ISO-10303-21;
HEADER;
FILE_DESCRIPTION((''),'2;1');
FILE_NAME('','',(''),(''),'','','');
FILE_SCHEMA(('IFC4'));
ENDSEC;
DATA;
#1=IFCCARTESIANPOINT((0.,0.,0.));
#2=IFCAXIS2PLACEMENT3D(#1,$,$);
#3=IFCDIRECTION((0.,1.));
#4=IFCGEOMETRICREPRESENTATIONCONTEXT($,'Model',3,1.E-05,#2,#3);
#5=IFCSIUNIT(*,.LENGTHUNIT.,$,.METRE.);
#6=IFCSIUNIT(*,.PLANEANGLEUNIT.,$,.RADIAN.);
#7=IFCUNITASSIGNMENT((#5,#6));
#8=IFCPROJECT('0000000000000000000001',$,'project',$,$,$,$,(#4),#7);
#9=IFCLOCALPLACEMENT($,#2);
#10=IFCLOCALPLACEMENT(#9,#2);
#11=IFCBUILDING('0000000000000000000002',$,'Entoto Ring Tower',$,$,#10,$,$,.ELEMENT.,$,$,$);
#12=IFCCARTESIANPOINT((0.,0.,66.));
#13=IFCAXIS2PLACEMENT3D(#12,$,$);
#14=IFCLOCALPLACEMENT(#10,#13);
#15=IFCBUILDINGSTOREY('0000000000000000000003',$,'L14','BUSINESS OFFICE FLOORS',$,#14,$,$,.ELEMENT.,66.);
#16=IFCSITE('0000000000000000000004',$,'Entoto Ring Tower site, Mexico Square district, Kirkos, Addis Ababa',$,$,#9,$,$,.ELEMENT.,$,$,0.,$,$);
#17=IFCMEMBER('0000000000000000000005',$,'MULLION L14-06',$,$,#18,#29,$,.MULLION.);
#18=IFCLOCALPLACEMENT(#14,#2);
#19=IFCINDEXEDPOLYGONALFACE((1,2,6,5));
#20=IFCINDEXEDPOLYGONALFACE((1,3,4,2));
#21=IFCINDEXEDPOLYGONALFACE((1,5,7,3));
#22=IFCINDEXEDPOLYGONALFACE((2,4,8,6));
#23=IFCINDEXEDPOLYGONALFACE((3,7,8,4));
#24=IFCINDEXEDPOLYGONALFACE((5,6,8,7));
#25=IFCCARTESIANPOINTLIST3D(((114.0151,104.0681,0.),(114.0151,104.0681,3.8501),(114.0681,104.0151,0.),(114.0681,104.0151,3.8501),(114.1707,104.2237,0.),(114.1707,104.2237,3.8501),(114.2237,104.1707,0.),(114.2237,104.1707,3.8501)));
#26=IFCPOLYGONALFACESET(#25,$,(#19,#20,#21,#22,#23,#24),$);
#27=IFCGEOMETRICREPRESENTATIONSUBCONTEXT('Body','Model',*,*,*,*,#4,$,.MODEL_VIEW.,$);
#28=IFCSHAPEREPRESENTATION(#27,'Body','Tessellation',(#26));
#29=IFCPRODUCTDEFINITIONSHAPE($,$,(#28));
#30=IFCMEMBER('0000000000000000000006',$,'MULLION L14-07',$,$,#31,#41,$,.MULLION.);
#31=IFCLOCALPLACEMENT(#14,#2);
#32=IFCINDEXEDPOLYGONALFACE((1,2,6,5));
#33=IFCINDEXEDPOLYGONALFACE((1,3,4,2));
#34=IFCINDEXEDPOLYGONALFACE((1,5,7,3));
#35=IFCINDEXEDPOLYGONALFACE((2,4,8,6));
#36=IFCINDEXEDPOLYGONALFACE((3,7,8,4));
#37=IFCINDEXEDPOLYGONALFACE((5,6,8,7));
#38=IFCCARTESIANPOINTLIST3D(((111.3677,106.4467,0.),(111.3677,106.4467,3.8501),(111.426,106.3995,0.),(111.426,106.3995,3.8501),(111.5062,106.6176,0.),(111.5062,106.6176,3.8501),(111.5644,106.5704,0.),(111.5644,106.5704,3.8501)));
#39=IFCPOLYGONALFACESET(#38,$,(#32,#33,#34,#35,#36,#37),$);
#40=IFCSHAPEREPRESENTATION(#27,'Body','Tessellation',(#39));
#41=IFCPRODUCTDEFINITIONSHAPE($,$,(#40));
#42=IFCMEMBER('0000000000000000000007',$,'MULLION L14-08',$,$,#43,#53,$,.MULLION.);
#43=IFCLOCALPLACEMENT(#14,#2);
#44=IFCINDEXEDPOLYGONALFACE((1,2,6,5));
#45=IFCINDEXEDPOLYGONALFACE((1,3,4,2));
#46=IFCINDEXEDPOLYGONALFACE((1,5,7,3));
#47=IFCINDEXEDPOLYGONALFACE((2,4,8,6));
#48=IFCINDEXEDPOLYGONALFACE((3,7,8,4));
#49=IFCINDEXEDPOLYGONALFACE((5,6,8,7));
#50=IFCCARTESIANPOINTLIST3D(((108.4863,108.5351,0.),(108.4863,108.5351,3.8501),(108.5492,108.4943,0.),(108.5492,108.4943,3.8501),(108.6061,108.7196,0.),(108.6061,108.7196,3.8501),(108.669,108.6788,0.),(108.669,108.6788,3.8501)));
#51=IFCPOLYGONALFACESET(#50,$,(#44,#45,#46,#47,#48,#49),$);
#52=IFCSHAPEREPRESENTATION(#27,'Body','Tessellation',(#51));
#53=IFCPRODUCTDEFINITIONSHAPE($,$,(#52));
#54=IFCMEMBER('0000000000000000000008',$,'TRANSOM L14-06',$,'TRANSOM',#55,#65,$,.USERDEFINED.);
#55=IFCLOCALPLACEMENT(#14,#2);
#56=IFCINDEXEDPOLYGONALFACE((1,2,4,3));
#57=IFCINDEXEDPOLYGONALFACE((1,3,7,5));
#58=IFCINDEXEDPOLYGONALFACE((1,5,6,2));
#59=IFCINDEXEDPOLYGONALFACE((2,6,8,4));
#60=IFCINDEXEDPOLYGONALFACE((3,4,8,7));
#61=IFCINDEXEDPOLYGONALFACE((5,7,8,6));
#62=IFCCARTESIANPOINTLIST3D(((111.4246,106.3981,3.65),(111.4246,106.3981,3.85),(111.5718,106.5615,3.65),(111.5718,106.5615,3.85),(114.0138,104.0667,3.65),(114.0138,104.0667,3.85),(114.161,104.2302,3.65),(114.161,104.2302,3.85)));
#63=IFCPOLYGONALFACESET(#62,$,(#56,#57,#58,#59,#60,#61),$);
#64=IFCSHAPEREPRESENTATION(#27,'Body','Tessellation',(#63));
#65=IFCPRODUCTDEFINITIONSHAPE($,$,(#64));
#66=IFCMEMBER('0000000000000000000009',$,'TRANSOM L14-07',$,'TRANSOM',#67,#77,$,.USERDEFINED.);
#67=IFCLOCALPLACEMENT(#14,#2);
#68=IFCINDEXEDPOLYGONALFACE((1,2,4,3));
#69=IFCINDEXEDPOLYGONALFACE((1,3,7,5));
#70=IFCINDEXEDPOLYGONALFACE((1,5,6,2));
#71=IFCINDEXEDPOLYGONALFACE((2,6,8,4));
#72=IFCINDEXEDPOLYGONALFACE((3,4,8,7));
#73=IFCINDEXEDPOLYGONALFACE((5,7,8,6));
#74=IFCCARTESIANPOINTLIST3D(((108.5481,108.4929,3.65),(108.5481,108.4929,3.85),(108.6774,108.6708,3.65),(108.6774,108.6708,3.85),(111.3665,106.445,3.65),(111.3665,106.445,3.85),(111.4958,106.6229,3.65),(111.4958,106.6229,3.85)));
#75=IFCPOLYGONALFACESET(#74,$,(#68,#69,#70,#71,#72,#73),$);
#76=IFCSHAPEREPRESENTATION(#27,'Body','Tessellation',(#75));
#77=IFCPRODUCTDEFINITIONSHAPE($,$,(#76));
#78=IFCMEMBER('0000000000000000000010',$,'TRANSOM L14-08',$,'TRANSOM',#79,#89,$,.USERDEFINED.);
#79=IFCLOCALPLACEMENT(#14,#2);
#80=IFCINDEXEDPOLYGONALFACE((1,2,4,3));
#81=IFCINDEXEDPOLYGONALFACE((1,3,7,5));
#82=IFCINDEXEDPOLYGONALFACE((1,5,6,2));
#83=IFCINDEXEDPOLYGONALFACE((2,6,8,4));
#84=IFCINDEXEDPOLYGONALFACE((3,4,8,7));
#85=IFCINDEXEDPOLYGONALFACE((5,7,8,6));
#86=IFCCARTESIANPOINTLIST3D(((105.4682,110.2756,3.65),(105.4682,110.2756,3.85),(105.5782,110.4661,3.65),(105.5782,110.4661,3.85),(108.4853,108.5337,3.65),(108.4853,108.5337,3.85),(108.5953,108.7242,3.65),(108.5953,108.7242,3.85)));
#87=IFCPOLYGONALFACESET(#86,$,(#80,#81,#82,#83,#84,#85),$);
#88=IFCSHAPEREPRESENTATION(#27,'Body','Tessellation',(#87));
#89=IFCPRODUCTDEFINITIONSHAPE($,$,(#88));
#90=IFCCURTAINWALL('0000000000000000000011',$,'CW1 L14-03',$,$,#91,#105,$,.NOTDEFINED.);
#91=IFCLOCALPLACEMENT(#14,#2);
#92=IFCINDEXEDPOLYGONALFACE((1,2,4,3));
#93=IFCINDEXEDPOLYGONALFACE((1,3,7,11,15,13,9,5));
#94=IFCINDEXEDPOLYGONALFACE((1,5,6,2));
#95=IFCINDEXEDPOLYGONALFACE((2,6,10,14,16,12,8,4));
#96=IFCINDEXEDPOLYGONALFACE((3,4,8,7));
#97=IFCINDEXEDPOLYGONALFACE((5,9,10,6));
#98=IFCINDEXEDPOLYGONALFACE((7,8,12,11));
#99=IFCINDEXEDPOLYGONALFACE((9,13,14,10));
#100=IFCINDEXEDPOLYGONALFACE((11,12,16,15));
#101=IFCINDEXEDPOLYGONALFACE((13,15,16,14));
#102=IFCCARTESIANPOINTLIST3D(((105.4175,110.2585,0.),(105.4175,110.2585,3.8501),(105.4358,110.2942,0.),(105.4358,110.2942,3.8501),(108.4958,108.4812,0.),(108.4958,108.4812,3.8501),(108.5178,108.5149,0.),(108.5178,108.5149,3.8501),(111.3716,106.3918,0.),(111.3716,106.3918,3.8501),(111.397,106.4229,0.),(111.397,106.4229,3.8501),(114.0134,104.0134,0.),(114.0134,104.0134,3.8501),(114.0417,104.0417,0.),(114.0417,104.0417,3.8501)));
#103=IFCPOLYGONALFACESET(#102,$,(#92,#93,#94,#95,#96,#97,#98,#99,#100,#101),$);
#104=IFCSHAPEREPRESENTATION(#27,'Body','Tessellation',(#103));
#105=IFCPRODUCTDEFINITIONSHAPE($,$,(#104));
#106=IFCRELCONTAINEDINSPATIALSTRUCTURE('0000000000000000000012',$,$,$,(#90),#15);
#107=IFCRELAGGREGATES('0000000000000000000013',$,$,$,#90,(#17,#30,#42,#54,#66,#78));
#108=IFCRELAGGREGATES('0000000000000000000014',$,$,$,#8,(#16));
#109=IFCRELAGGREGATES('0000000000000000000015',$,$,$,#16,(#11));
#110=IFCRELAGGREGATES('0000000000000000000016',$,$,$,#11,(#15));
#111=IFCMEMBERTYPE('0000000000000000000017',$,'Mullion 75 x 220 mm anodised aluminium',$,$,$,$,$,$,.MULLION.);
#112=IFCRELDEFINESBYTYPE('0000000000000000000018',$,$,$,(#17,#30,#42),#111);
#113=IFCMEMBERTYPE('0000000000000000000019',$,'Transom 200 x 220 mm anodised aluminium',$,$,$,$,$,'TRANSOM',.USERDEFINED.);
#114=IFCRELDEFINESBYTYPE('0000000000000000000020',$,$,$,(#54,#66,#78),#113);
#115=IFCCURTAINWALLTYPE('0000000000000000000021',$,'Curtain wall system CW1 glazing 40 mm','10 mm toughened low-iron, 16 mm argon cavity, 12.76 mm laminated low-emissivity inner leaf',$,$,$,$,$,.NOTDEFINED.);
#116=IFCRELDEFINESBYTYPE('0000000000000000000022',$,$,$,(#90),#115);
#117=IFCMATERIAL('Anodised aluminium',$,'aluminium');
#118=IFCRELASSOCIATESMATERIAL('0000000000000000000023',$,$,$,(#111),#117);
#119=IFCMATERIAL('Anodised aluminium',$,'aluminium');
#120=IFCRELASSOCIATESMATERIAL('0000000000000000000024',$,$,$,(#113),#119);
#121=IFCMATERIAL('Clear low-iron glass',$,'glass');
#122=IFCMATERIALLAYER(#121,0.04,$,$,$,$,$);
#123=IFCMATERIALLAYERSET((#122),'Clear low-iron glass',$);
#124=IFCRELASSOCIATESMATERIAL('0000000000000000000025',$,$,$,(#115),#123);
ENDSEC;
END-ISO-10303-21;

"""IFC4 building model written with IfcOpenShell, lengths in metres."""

from ifc_helpers import new_model, si_unit, direction, frame, origin, origin_2d, place, context, subcontext, project, spatial, polyline, rectangle, outline, extrude, material, layer, layer_set, material_profile, profile_set, type_object, element, aggregate, save


model = new_model("IFC4")

# Units and contexts
model_context = context("Model", 3, precision=1e-05, world=origin(), true_north=direction((0.0, 1.0)))
body_context = subcontext(model_context, "Body", "Model", "MODEL_VIEW")
ifc_project = project(units=[si_unit("LENGTHUNIT", "METRE"), si_unit("PLANEANGLEUNIT", "RADIAN")], contexts=[model_context])

# Members
ifc_material_1 = material(Name="Anodised aluminium", Category="aluminium")
ifc_material_profile_1 = material_profile(ifc_material_1, rectangle(XDim=0.075, YDim=0.22, at=origin_2d()), Name="Mullion 75 x 220 mm anodised aluminium")
ifc_profile_set_1 = profile_set([ifc_material_profile_1], Name="Anodised aluminium")
member_type_1 = type_object("IfcMemberType", Name="Mullion 75 x 220 mm anodised aluminium", PredefinedType="MULLION", material=ifc_profile_set_1)
site_placement = place(None, origin())
building_placement = place(site_placement, origin())
storey_placement = place(building_placement, frame((0.0, 0.0, 66.0)))
member_1_placement = place(storey_placement, frame((114.1194, 104.1194, 0.0), z_axis=(0.0, 0.0, 1.0), x_axis=(-0.707107, 0.707107, 0.0)))
member_1 = element("IfcMember", 1, at=member_1_placement, type_object=member_type_1, Name="MULLION L14-06", PredefinedType="MULLION", context=body_context, shape_type="SweptSolid", body=[
    extrude(rectangle(XDim=0.075, YDim=0.22, at=origin_2d()), origin(), (0.0, 0.0, 1.0), 3.8501),
])
member_2_placement = place(storey_placement, frame((111.4661, 106.5085, 0.0), z_axis=(0.0, 0.0, 1.0), x_axis=(-0.777146, 0.62932, 0.0)))
member_2 = element("IfcMember", 2, at=member_2_placement, type_object=member_type_1, Name="MULLION L14-07", PredefinedType="MULLION", context=body_context, shape_type="SweptSolid", body=[
    extrude(rectangle(XDim=0.075, YDim=0.22, at=origin_2d()), origin(), (0.0, 0.0, 1.0), 3.8501),
])
member_3_placement = place(storey_placement, frame((108.5776, 108.6069, 0.0), z_axis=(0.0, 0.0, 1.0), x_axis=(-0.838671, 0.544639, 0.0)))
member_3 = element("IfcMember", 3, at=member_3_placement, type_object=member_type_1, Name="MULLION L14-08", PredefinedType="MULLION", context=body_context, shape_type="SweptSolid", body=[
    extrude(rectangle(XDim=0.075, YDim=0.22, at=origin_2d()), origin(), (0.0, 0.0, 1.0), 3.8501),
])
ifc_material_2 = material(Name="Anodised aluminium", Category="aluminium")
ifc_material_profile_2 = material_profile(ifc_material_2, rectangle(XDim=0.22, YDim=0.2, at=origin_2d()), Name="Transom 200 x 220 mm anodised aluminium")
ifc_profile_set_2 = profile_set([ifc_material_profile_2], Name="Anodised aluminium")
member_type_2 = type_object("IfcMemberType", Name="Transom 200 x 220 mm anodised aluminium", ElementType="TRANSOM", PredefinedType="USERDEFINED", material=ifc_profile_set_2)
member_4_placement = place(storey_placement, frame((114.0874, 104.1484, 3.75), z_axis=(-0.743137, 0.669139, 0.0), x_axis=(-0.669139, -0.743137, 0.0)))
member_4 = element("IfcMember", 4, at=member_4_placement, type_object=member_type_2, Name="TRANSOM L14-06", ObjectType="TRANSOM", PredefinedType="USERDEFINED", context=body_context, shape_type="SweptSolid", body=[
    extrude(rectangle(XDim=0.22, YDim=0.2, at=origin_2d()), origin(), (0.0, 0.0, 1.0), 3.4841),
])
member_5_placement = place(storey_placement, frame((111.4312, 106.5339, 3.75), z_axis=(-0.808991, 0.587822, 0.0), x_axis=(-0.587822, -0.808991, 0.0)))
member_5 = element("IfcMember", 5, at=member_5_placement, type_object=member_type_2, Name="TRANSOM L14-07", ObjectType="TRANSOM", PredefinedType="USERDEFINED", context=body_context, shape_type="SweptSolid", body=[
    extrude(rectangle(XDim=0.22, YDim=0.2, at=origin_2d()), origin(), (0.0, 0.0, 1.0), 3.4839),
])
member_6_placement = place(storey_placement, frame((108.5403, 108.6289, 3.75), z_axis=(-0.866022, 0.500006, 0.0), x_axis=(-0.500006, -0.866022, 0.0)))
member_6 = element("IfcMember", 6, at=member_6_placement, type_object=member_type_2, Name="TRANSOM L14-08", ObjectType="TRANSOM", PredefinedType="USERDEFINED", context=body_context, shape_type="SweptSolid", body=[
    extrude(rectangle(XDim=0.22, YDim=0.2, at=origin_2d()), origin(), (0.0, 0.0, 1.0), 3.4839),
])

# Site, building, storey
site = spatial("IfcSite", under=ifc_project, at=site_placement, Name="Entoto Ring Tower site, Mexico Square district, Kirkos, Addis Ababa", CompositionType="ELEMENT", RefElevation=0.0)
building = spatial("IfcBuilding", under=site, at=building_placement, Name="Entoto Ring Tower", CompositionType="ELEMENT")
storey = spatial("IfcBuildingStorey", under=building, at=storey_placement, Name="L14", Description="BUSINESS OFFICE FLOORS", CompositionType="ELEMENT", Elevation=66.0)

# Curtain wall
ifc_material_3 = material(Name="Clear low-iron glass", Category="glass")
ifc_layer_1 = layer(ifc_material_3, 0.04)
ifc_layer_set_1 = layer_set([ifc_layer_1], Name="Clear low-iron glass")
curtain_wall_type = type_object("IfcCurtainWallType", Name="Curtain wall system CW1 glazing 40 mm", Description="10 mm toughened low-iron, 16 mm argon cavity, 12.76 mm laminated low-emissivity inner leaf", PredefinedType="NOTDEFINED", material=ifc_layer_set_1)
curtain_wall_1_placement = place(storey_placement, origin())
curtain_wall_1 = element("IfcCurtainWall", 7, at=curtain_wall_1_placement, inside=storey, type_object=curtain_wall_type, Name="CW1 L14-03", PredefinedType="NOTDEFINED", context=body_context, shape_type="SweptSolid", body=[
    extrude(outline(polyline([(114.0417, 104.0417), (111.397, 106.4229), (108.5178, 108.5149), (105.4358, 110.2942), (105.4175, 110.2585), (108.4958, 108.4812), (111.3716, 106.3918), (114.0134, 104.0134), (114.0417, 104.0417)])), origin(), (0.0, 0.0, 1.0), 3.8501),
])
aggregate(curtain_wall_1, [member_1, member_2, member_3, member_4, member_5, member_6])

save(model, "model.ifc")
